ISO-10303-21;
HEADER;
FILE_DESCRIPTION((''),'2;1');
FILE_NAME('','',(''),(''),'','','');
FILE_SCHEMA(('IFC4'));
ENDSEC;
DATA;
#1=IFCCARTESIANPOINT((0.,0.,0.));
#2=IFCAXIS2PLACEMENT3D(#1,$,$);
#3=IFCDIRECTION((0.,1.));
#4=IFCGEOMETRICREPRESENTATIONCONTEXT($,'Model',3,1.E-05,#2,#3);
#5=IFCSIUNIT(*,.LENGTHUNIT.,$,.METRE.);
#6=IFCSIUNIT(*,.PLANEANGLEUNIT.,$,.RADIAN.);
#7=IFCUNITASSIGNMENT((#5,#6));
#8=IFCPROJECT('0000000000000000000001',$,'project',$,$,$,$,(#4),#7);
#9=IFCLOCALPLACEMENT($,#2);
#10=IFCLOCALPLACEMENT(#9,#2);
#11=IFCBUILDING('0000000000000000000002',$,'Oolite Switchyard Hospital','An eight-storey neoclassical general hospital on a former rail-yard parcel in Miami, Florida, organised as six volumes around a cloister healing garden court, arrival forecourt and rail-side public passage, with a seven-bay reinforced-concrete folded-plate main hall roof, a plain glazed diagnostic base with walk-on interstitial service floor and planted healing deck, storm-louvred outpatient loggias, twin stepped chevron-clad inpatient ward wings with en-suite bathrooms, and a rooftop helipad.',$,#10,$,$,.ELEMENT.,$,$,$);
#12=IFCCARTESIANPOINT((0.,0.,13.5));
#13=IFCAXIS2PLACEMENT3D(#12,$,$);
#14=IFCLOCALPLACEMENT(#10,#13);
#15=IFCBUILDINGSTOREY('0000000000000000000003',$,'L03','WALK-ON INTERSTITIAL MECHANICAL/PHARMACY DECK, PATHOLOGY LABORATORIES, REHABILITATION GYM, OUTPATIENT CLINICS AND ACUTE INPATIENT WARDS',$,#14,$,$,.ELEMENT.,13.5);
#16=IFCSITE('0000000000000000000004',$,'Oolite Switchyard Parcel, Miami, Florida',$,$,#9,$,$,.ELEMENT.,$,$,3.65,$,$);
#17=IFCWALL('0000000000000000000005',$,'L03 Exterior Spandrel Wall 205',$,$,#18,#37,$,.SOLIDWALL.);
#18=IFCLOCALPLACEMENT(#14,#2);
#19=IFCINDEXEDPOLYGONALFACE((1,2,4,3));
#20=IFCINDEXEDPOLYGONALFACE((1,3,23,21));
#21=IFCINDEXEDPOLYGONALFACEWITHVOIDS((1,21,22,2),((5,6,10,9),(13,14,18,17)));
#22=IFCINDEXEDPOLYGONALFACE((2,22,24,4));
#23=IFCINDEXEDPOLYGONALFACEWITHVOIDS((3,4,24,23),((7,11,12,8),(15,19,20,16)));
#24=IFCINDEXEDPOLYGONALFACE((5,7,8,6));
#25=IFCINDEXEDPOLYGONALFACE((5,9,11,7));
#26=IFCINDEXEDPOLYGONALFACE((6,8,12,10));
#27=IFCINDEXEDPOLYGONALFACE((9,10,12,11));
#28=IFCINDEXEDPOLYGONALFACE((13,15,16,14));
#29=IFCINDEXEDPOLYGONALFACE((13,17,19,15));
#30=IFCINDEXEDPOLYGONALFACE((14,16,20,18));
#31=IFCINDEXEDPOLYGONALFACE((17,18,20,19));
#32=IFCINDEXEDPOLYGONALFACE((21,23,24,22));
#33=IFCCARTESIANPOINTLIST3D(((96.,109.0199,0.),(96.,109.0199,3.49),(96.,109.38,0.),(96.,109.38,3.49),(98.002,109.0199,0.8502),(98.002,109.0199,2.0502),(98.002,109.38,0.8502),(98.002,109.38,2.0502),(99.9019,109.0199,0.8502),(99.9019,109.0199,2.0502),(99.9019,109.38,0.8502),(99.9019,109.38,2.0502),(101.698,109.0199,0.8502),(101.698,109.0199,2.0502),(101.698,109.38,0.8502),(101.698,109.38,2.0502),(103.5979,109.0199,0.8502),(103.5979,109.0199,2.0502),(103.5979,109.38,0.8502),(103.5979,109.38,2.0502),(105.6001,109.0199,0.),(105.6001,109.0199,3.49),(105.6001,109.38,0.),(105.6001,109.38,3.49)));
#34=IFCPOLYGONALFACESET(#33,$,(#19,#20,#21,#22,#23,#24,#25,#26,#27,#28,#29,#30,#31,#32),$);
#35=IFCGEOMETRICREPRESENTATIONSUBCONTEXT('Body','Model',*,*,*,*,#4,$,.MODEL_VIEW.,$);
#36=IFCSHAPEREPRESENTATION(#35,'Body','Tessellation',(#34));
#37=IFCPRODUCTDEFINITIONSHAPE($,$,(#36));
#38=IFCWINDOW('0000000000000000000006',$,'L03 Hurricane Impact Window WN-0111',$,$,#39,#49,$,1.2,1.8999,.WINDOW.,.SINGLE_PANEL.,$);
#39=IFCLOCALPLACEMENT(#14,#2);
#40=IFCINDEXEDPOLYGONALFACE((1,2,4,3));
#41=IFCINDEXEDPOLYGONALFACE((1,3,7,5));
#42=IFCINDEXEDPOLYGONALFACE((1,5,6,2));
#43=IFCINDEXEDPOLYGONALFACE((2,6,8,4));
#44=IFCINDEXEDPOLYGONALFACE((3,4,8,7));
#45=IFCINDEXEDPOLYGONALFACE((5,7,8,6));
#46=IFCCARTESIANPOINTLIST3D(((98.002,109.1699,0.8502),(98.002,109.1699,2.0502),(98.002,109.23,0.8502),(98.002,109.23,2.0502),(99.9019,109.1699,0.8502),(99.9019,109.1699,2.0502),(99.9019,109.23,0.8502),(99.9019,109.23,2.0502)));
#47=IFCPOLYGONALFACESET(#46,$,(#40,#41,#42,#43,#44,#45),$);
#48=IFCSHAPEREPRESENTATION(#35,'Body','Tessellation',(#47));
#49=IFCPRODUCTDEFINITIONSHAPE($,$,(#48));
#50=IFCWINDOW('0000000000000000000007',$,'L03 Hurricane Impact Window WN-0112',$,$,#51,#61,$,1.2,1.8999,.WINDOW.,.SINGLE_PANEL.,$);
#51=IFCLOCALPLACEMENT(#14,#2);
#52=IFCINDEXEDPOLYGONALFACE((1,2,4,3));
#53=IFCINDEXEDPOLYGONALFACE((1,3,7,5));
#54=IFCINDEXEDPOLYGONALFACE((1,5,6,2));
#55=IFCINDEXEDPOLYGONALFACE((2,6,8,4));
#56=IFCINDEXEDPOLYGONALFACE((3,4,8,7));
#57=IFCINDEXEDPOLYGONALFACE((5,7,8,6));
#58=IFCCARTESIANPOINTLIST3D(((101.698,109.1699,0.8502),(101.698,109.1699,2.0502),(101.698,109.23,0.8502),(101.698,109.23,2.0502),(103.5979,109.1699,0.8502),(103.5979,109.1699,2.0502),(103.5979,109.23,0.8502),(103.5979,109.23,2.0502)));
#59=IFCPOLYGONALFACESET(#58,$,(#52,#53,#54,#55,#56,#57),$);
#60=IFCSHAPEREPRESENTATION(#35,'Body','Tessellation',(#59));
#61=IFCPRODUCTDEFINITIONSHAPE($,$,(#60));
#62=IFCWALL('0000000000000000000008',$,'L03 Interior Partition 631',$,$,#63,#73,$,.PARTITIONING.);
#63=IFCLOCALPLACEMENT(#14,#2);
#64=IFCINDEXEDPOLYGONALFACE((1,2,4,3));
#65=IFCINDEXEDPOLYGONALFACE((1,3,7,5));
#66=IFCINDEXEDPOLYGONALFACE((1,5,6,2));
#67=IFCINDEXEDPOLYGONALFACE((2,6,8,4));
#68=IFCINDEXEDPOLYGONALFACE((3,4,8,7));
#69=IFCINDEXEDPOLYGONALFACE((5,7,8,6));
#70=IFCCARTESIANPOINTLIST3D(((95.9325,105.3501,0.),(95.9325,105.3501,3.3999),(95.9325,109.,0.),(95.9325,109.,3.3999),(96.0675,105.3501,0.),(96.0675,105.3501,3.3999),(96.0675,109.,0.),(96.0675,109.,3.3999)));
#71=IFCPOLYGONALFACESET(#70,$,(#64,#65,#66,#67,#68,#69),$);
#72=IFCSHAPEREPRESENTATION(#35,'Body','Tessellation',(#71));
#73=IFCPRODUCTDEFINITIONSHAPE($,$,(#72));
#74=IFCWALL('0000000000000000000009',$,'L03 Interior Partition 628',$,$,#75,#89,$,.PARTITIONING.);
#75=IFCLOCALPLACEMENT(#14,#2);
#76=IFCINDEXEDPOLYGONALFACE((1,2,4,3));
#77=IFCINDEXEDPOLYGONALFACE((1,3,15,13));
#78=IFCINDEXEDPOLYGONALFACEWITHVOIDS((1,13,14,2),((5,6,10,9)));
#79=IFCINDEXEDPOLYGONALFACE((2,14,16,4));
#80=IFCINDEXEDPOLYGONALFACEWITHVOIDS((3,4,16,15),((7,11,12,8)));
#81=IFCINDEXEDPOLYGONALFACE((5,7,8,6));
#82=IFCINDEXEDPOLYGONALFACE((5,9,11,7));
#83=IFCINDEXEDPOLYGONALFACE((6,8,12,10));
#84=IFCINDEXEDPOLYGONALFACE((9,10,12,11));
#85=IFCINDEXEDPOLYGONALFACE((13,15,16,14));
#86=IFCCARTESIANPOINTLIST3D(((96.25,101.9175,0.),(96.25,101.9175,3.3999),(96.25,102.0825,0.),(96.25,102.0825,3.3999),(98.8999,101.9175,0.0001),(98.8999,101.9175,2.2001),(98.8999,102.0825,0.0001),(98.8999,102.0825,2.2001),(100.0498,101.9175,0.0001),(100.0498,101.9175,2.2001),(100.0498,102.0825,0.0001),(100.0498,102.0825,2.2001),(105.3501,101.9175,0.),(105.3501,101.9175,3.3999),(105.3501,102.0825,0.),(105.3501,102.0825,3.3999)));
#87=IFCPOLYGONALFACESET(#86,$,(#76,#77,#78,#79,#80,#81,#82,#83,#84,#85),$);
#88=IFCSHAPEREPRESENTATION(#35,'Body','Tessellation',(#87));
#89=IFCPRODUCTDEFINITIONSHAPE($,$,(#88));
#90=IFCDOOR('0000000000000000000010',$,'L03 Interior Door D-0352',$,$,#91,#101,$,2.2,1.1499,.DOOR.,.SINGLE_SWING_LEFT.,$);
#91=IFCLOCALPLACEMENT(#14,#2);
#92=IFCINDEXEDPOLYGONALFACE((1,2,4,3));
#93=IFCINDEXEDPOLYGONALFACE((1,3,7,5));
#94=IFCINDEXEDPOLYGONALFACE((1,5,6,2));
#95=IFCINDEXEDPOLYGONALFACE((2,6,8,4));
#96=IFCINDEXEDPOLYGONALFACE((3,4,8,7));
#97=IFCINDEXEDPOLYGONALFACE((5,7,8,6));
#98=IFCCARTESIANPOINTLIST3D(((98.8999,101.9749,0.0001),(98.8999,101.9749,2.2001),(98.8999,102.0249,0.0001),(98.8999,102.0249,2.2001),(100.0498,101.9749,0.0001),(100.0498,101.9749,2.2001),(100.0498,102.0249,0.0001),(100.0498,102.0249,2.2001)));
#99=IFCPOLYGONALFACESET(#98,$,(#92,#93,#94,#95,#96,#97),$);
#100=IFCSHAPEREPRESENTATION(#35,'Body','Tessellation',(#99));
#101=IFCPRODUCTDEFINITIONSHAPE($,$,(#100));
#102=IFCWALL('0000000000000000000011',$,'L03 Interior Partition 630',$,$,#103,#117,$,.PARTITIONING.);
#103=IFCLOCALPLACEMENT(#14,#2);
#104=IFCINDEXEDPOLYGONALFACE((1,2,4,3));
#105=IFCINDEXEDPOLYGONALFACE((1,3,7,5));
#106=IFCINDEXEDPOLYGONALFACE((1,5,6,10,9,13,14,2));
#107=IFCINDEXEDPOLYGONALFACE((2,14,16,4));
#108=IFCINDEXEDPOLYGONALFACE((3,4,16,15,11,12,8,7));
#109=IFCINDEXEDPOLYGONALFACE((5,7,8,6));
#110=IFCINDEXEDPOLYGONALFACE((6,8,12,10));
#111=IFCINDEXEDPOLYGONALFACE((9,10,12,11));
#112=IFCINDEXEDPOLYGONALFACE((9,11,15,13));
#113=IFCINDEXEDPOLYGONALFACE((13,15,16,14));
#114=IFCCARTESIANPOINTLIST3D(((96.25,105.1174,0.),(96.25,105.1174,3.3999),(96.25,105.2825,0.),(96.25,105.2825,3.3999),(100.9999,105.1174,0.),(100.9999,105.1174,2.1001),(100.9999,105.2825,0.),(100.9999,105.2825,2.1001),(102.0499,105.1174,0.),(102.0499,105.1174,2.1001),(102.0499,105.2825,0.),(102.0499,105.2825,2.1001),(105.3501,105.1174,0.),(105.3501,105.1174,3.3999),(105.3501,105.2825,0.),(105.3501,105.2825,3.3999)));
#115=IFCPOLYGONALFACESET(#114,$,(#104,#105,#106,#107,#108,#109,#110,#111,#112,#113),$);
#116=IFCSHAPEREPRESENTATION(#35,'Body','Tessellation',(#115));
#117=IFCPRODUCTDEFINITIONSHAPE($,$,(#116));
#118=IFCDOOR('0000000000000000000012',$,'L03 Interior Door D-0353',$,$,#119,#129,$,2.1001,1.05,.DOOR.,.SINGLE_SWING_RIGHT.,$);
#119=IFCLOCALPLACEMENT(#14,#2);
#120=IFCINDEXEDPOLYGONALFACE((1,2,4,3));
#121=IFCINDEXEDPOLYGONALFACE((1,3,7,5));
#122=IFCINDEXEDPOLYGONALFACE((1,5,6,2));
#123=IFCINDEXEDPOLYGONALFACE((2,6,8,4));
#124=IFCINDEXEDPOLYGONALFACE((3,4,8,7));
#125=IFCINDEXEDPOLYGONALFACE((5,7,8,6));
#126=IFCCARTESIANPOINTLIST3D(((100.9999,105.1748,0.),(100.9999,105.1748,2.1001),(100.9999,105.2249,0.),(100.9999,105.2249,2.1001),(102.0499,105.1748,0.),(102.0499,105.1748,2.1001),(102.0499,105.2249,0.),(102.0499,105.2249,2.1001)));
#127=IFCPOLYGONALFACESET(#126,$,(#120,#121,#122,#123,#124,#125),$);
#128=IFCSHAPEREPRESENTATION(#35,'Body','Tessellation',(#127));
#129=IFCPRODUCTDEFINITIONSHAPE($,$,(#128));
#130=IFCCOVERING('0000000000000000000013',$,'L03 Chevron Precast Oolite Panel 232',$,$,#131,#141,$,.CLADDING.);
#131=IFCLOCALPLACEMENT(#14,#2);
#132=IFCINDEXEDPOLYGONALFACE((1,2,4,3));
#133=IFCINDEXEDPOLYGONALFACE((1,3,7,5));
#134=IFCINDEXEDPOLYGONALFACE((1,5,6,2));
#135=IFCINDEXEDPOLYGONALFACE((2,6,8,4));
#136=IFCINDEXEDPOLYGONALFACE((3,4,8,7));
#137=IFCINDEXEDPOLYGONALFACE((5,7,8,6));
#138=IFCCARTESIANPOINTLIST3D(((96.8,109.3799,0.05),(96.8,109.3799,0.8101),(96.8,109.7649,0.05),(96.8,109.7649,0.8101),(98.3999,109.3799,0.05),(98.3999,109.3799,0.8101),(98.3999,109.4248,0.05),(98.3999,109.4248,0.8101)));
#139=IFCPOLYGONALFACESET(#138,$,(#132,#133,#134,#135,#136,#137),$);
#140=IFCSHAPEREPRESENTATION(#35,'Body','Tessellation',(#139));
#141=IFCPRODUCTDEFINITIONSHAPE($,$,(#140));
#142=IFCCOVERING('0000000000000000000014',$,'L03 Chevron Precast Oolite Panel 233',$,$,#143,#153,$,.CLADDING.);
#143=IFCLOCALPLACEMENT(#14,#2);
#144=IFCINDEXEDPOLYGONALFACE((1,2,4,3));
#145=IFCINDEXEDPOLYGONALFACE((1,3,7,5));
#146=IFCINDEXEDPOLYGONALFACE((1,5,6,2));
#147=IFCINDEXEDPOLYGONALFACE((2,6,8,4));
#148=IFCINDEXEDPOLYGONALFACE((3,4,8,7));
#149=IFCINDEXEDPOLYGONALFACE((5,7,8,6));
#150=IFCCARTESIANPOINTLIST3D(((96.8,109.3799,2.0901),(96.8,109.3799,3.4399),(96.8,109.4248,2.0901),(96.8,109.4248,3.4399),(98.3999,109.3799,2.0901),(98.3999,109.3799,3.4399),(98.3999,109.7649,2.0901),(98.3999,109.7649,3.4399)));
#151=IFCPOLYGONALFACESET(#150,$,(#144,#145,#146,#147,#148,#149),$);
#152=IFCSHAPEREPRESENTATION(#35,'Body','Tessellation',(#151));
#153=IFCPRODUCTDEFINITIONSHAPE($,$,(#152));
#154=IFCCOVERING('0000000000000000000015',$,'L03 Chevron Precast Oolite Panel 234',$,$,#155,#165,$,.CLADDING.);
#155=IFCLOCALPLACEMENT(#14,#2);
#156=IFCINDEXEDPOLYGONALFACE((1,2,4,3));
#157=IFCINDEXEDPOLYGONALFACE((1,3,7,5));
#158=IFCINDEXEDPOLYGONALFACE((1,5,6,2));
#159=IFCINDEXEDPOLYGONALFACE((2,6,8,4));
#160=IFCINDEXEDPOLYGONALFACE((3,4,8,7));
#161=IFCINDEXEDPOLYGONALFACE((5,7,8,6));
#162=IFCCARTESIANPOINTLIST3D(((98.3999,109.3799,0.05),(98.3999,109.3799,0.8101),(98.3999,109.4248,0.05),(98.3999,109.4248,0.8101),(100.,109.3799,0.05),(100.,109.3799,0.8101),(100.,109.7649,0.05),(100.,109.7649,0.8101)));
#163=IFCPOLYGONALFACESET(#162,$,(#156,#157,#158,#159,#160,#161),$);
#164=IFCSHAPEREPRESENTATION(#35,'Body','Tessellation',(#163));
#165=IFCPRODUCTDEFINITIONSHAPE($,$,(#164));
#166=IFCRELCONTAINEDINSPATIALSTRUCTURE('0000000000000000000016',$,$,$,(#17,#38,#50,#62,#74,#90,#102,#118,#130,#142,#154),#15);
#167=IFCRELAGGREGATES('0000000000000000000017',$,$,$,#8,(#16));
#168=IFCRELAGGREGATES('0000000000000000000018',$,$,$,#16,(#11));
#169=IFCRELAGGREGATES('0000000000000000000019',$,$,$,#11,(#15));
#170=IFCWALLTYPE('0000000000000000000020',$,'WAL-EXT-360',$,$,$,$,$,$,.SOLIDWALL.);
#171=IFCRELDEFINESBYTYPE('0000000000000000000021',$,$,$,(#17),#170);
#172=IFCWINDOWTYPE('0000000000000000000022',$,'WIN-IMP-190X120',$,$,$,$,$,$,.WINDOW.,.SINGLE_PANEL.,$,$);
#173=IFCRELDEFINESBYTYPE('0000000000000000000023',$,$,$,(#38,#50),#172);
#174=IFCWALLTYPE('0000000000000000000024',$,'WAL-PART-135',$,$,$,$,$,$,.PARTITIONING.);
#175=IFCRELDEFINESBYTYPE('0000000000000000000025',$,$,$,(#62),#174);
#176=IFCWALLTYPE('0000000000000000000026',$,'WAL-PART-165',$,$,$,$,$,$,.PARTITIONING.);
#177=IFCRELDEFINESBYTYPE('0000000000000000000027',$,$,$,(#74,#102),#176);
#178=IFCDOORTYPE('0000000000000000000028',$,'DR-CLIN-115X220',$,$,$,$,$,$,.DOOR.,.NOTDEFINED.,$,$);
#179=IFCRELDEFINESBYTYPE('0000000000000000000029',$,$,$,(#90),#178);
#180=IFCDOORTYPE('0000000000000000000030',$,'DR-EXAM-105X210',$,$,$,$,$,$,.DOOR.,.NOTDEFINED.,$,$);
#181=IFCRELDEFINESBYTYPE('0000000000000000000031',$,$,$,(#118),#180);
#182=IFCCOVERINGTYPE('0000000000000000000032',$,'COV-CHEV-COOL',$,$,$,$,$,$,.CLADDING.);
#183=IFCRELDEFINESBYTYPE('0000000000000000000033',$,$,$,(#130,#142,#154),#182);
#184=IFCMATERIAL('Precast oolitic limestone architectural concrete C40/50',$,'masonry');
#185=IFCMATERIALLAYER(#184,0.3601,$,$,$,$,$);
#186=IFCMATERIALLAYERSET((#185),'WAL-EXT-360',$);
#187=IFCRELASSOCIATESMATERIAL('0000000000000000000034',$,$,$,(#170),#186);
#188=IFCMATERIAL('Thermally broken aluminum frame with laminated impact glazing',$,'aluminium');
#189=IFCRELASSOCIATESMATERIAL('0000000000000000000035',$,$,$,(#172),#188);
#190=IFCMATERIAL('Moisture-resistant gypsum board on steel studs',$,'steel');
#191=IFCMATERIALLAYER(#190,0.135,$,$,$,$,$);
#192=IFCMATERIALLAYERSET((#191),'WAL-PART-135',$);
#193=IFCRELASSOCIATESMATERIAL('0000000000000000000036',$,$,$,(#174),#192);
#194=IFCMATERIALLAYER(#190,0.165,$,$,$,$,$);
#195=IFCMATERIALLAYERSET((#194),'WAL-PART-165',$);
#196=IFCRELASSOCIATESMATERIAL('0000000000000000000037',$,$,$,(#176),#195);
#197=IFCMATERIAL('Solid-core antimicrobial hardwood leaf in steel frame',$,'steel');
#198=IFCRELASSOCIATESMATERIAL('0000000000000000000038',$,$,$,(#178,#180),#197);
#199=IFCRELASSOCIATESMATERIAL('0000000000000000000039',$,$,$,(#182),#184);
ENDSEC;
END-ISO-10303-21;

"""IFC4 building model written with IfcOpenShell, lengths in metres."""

from ifc_helpers import new_model, si_unit, direction, frame, frame_2d, origin, place, context, subcontext, project, spatial, polyline, rectangle, outline, extrude, material, layer, layer_set, type_object, element, fill, save


model = new_model("IFC4")

# Units and contexts
model_context = context("Model", 3, precision=1e-05, world=origin(), true_north=direction((0.0, 1.0)))
body_context = subcontext(model_context, "Body", "Model", "MODEL_VIEW")
ifc_project = project(units=[si_unit("LENGTHUNIT", "METRE"), si_unit("PLANEANGLEUNIT", "RADIAN")], contexts=[model_context])

# Site, building, storey
site_placement = place(None, origin())
site = spatial("IfcSite", under=ifc_project, at=site_placement, Name="Oolite Switchyard Parcel, Miami, Florida", CompositionType="ELEMENT", RefElevation=3.65)
building_placement = place(site_placement, origin())
building = spatial("IfcBuilding", under=site, at=building_placement, Name="Oolite Switchyard Hospital", Description="An eight-storey neoclassical general hospital on a former rail-yard parcel in Miami, Florida, organised as six volumes around a cloister healing garden court, arrival forecourt and rail-side public passage, with a seven-bay reinforced-concrete folded-plate main hall roof, a plain glazed diagnostic base with walk-on interstitial service floor and planted healing deck, storm-louvred outpatient loggias, twin stepped chevron-clad inpatient ward wings with en-suite bathrooms, and a rooftop helipad.", CompositionType="ELEMENT")
storey_placement = place(building_placement, frame((0.0, 0.0, 13.5)))
storey = spatial("IfcBuildingStorey", under=building, at=storey_placement, Name="L03", Description="WALK-ON INTERSTITIAL MECHANICAL/PHARMACY DECK, PATHOLOGY LABORATORIES, REHABILITATION GYM, OUTPATIENT CLINICS AND ACUTE INPATIENT WARDS", CompositionType="ELEMENT", Elevation=13.5)

# Wall, openings, windows
ifc_material_1 = material(Name="Precast oolitic limestone architectural concrete C40/50", Category="masonry")
ifc_layer_1 = layer(ifc_material_1, 0.3601)
ifc_layer_set_1 = layer_set([ifc_layer_1], Name="WAL-EXT-360")
wall_type_1 = type_object("IfcWallType", Name="WAL-EXT-360", PredefinedType="SOLIDWALL", material=ifc_layer_set_1)
wall_1_placement = place(storey_placement, frame((96.0, 109.2, 0.0), z_axis=(0.0, 0.0, 1.0), x_axis=(1.0, 0.0, 0.0)))
wall_1 = element("IfcWall", 1, at=wall_1_placement, inside=storey, type_object=wall_type_1, Name="L03 Exterior Spandrel Wall 205", PredefinedType="SOLIDWALL", context=body_context, shape_type="SweptSolid", body=[
    extrude(rectangle(XDim=9.6001, YDim=0.3601, at=frame_2d((4.8, 0.0))), origin(), (0.0, 0.0, 1.0), 3.49),
])
opening_1_placement = place(wall_1_placement, frame((2.002, 0.0, 0.8501)))
opening_1 = element("IfcOpeningElement", 2, at=opening_1_placement, cuts=wall_1, PredefinedType="OPENING", context=body_context, shape_type="SweptSolid", body=[
    extrude(rectangle(XDim=1.8999, YDim=1.2, at=frame_2d((0.95, 0.6001))), frame((0.0, 0.1899, 0.0), z_axis=(0.0, -1.0, 0.0), x_axis=(1.0, 0.0, 0.0)), (0.0, 0.0, 1.0), 0.3801),
])
opening_2_placement = place(wall_1_placement, frame((5.698, 0.0, 0.8501)))
opening_2 = element("IfcOpeningElement", 3, at=opening_2_placement, cuts=wall_1, PredefinedType="OPENING", context=body_context, shape_type="SweptSolid", body=[
    extrude(rectangle(XDim=1.8999, YDim=1.2, at=frame_2d((0.95, 0.6001))), frame((0.0, 0.1899, 0.0), z_axis=(0.0, -1.0, 0.0), x_axis=(1.0, 0.0, 0.0)), (0.0, 0.0, 1.0), 0.3801),
])
ifc_material_2 = material(Name="Thermally broken aluminum frame with laminated impact glazing", Category="aluminium")
window_type = type_object("IfcWindowType", Name="WIN-IMP-190X120", PartitioningType="SINGLE_PANEL", PredefinedType="WINDOW", material=ifc_material_2)
window_1_placement = place(opening_1_placement, origin())
window_1 = element("IfcWindow", 4, at=window_1_placement, inside=storey, type_object=window_type, Name="L03 Hurricane Impact Window WN-0111", OverallHeight=1.2, OverallWidth=1.8999, PartitioningType="SINGLE_PANEL", PredefinedType="WINDOW", context=body_context, shape_type="SweptSolid", body=[
    extrude(rectangle(XDim=1.8999, YDim=1.2, at=frame_2d((0.95, 0.6001))), frame((0.0, 0.03, 0.0), z_axis=(0.0, -1.0, 0.0), x_axis=(1.0, 0.0, 0.0)), (0.0, 0.0, 1.0), 0.0601),
])
fill(opening_1, window_1)
window_2_placement = place(opening_2_placement, origin())
window_2 = element("IfcWindow", 5, at=window_2_placement, inside=storey, type_object=window_type, Name="L03 Hurricane Impact Window WN-0112", OverallHeight=1.2, OverallWidth=1.8999, PartitioningType="SINGLE_PANEL", PredefinedType="WINDOW", context=body_context, shape_type="SweptSolid", body=[
    extrude(rectangle(XDim=1.8999, YDim=1.2, at=frame_2d((0.95, 0.6001))), frame((0.0, 0.03, 0.0), z_axis=(0.0, -1.0, 0.0), x_axis=(1.0, 0.0, 0.0)), (0.0, 0.0, 1.0), 0.0601),
])
fill(opening_2, window_2)

# Wall
ifc_material_3 = material(Name="Moisture-resistant gypsum board on steel studs", Category="steel")
ifc_layer_2 = layer(ifc_material_3, 0.135)
ifc_layer_set_2 = layer_set([ifc_layer_2], Name="WAL-PART-135")
wall_type_2 = type_object("IfcWallType", Name="WAL-PART-135", PredefinedType="PARTITIONING", material=ifc_layer_set_2)
wall_2_placement = place(storey_placement, frame((96.0, 105.3501, 0.0), z_axis=(0.0, 0.0, 1.0), x_axis=(0.0, 1.0, 0.0)))
element("IfcWall", 6, at=wall_2_placement, inside=storey, type_object=wall_type_2, Name="L03 Interior Partition 631", PredefinedType="PARTITIONING", context=body_context, shape_type="SweptSolid", body=[
    extrude(rectangle(XDim=3.6499, YDim=0.135, at=frame_2d((1.825, 0.0))), origin(), (0.0, 0.0, 1.0), 3.3999),
])

# Walls, openings, doors
ifc_layer_3 = layer(ifc_material_3, 0.165)
ifc_layer_set_3 = layer_set([ifc_layer_3], Name="WAL-PART-165")
wall_type_3 = type_object("IfcWallType", Name="WAL-PART-165", PredefinedType="PARTITIONING", material=ifc_layer_set_3)
wall_3_placement = place(storey_placement, frame((96.25, 102.0, 0.0), z_axis=(0.0, 0.0, 1.0), x_axis=(1.0, 0.0, 0.0)))
wall_3 = element("IfcWall", 7, at=wall_3_placement, inside=storey, type_object=wall_type_3, Name="L03 Interior Partition 628", PredefinedType="PARTITIONING", context=body_context, shape_type="SweptSolid", body=[
    extrude(rectangle(XDim=9.1001, YDim=0.165, at=frame_2d((4.55, 0.0))), origin(), (0.0, 0.0, 1.0), 3.3999),
])
opening_3_placement = place(wall_3_placement, frame((2.6499, 0.0, 0.0)))
opening_3 = element("IfcOpeningElement", 8, at=opening_3_placement, cuts=wall_3, PredefinedType="OPENING", context=body_context, shape_type="SweptSolid", body=[
    extrude(rectangle(XDim=1.1499, YDim=2.2, at=frame_2d((0.575, 1.1001))), frame((0.0, 0.0925, 0.0), z_axis=(0.0, -1.0, 0.0), x_axis=(1.0, 0.0, 0.0)), (0.0, 0.0, 1.0), 0.1851),
])
ifc_material_4 = material(Name="Solid-core antimicrobial hardwood leaf in steel frame", Category="steel")
door_type_1 = type_object("IfcDoorType", Name="DR-CLIN-115X220", OperationType="NOTDEFINED", PredefinedType="DOOR", material=ifc_material_4)
door_1_placement = place(opening_3_placement, origin())
door_1 = element("IfcDoor", 9, at=door_1_placement, inside=storey, type_object=door_type_1, Name="L03 Interior Door D-0352", OperationType="SINGLE_SWING_LEFT", OverallHeight=2.2, OverallWidth=1.1499, PredefinedType="DOOR", context=body_context, shape_type="SweptSolid", body=[
    extrude(rectangle(XDim=1.1499, YDim=2.2, at=frame_2d((0.575, 1.1001))), frame((0.0, 0.0249, 0.0), z_axis=(0.0, -1.0, 0.0), x_axis=(1.0, 0.0, 0.0)), (0.0, 0.0, 1.0), 0.05),
])
fill(opening_3, door_1)
wall_4_placement = place(storey_placement, frame((96.25, 105.2, 0.0), z_axis=(0.0, 0.0, 1.0), x_axis=(1.0, 0.0, 0.0)))
wall_4 = element("IfcWall", 10, at=wall_4_placement, inside=storey, type_object=wall_type_3, Name="L03 Interior Partition 630", PredefinedType="PARTITIONING", context=body_context, shape_type="SweptSolid", body=[
    extrude(rectangle(XDim=9.1001, YDim=0.165, at=frame_2d((4.55, 0.0))), origin(), (0.0, 0.0, 1.0), 3.3999),
])
opening_4_placement = place(wall_4_placement, frame((4.75, 0.0, 0.0)))
opening_4 = element("IfcOpeningElement", 11, at=opening_4_placement, cuts=wall_4, PredefinedType="OPENING", context=body_context, shape_type="SweptSolid", body=[
    extrude(rectangle(XDim=1.05, YDim=2.1001, at=frame_2d((0.5249, 1.05))), frame((0.0, 0.0925, 0.0), z_axis=(0.0, -1.0, 0.0), x_axis=(1.0, 0.0, 0.0)), (0.0, 0.0, 1.0), 0.1851),
])
door_type_2 = type_object("IfcDoorType", Name="DR-EXAM-105X210", OperationType="NOTDEFINED", PredefinedType="DOOR", material=ifc_material_4)
door_2_placement = place(opening_4_placement, origin())
door_2 = element("IfcDoor", 12, at=door_2_placement, inside=storey, type_object=door_type_2, Name="L03 Interior Door D-0353", OperationType="SINGLE_SWING_RIGHT", OverallHeight=2.1001, OverallWidth=1.05, PredefinedType="DOOR", context=body_context, shape_type="SweptSolid", body=[
    extrude(rectangle(XDim=1.05, YDim=2.1001, at=frame_2d((0.5249, 1.05))), frame((0.0, 0.0249, 0.0), z_axis=(0.0, -1.0, 0.0), x_axis=(1.0, 0.0, 0.0)), (0.0, 0.0, 1.0), 0.05),
])
fill(opening_4, door_2)

# Coverings
covering_type_1 = type_object("IfcCoveringType", Name="COV-CHEV-COOL", PredefinedType="CLADDING", material=ifc_material_1)
covering_1_placement = place(storey_placement, frame((96.8, 109.3799, 0.05), z_axis=(0.0, 0.0, 1.0), x_axis=(1.0, 0.0, 0.0)))
element("IfcCovering", 13, at=covering_1_placement, inside=storey, type_object=covering_type_1, Name="L03 Chevron Precast Oolite Panel 232", PredefinedType="CLADDING", context=body_context, shape_type="SweptSolid", body=[
    extrude(outline(polyline([(0.0, 0.0), (1.5999, 0.0), (1.5999, 0.0449), (0.0, 0.385), (0.0, 0.0)])), origin(), (0.0, 0.0, 1.0), 0.76),
])
covering_2_placement = place(storey_placement, frame((96.8, 109.3799, 2.0901), z_axis=(0.0, 0.0, 1.0), x_axis=(1.0, 0.0, 0.0)))
element("IfcCovering", 14, at=covering_2_placement, inside=storey, type_object=covering_type_1, Name="L03 Chevron Precast Oolite Panel 233", PredefinedType="CLADDING", context=body_context, shape_type="SweptSolid", body=[
    extrude(outline(polyline([(0.0, 0.0), (1.5999, 0.0), (1.5999, 0.385), (0.0, 0.0449), (0.0, 0.0)])), origin(), (0.0, 0.0, 1.0), 1.3499),
])
covering_3_placement = place(storey_placement, frame((98.3999, 109.3799, 0.05), z_axis=(0.0, 0.0, 1.0), x_axis=(1.0, 0.0, 0.0)))
element("IfcCovering", 15, at=covering_3_placement, inside=storey, type_object=covering_type_1, Name="L03 Chevron Precast Oolite Panel 234", PredefinedType="CLADDING", context=body_context, shape_type="SweptSolid", body=[
    extrude(outline(polyline([(0.0, 0.0), (1.6001, 0.0), (1.6001, 0.385), (0.0, 0.0449), (0.0, 0.0)])), origin(), (0.0, 0.0, 1.0), 0.76),
])

save(model, "model.ifc")
